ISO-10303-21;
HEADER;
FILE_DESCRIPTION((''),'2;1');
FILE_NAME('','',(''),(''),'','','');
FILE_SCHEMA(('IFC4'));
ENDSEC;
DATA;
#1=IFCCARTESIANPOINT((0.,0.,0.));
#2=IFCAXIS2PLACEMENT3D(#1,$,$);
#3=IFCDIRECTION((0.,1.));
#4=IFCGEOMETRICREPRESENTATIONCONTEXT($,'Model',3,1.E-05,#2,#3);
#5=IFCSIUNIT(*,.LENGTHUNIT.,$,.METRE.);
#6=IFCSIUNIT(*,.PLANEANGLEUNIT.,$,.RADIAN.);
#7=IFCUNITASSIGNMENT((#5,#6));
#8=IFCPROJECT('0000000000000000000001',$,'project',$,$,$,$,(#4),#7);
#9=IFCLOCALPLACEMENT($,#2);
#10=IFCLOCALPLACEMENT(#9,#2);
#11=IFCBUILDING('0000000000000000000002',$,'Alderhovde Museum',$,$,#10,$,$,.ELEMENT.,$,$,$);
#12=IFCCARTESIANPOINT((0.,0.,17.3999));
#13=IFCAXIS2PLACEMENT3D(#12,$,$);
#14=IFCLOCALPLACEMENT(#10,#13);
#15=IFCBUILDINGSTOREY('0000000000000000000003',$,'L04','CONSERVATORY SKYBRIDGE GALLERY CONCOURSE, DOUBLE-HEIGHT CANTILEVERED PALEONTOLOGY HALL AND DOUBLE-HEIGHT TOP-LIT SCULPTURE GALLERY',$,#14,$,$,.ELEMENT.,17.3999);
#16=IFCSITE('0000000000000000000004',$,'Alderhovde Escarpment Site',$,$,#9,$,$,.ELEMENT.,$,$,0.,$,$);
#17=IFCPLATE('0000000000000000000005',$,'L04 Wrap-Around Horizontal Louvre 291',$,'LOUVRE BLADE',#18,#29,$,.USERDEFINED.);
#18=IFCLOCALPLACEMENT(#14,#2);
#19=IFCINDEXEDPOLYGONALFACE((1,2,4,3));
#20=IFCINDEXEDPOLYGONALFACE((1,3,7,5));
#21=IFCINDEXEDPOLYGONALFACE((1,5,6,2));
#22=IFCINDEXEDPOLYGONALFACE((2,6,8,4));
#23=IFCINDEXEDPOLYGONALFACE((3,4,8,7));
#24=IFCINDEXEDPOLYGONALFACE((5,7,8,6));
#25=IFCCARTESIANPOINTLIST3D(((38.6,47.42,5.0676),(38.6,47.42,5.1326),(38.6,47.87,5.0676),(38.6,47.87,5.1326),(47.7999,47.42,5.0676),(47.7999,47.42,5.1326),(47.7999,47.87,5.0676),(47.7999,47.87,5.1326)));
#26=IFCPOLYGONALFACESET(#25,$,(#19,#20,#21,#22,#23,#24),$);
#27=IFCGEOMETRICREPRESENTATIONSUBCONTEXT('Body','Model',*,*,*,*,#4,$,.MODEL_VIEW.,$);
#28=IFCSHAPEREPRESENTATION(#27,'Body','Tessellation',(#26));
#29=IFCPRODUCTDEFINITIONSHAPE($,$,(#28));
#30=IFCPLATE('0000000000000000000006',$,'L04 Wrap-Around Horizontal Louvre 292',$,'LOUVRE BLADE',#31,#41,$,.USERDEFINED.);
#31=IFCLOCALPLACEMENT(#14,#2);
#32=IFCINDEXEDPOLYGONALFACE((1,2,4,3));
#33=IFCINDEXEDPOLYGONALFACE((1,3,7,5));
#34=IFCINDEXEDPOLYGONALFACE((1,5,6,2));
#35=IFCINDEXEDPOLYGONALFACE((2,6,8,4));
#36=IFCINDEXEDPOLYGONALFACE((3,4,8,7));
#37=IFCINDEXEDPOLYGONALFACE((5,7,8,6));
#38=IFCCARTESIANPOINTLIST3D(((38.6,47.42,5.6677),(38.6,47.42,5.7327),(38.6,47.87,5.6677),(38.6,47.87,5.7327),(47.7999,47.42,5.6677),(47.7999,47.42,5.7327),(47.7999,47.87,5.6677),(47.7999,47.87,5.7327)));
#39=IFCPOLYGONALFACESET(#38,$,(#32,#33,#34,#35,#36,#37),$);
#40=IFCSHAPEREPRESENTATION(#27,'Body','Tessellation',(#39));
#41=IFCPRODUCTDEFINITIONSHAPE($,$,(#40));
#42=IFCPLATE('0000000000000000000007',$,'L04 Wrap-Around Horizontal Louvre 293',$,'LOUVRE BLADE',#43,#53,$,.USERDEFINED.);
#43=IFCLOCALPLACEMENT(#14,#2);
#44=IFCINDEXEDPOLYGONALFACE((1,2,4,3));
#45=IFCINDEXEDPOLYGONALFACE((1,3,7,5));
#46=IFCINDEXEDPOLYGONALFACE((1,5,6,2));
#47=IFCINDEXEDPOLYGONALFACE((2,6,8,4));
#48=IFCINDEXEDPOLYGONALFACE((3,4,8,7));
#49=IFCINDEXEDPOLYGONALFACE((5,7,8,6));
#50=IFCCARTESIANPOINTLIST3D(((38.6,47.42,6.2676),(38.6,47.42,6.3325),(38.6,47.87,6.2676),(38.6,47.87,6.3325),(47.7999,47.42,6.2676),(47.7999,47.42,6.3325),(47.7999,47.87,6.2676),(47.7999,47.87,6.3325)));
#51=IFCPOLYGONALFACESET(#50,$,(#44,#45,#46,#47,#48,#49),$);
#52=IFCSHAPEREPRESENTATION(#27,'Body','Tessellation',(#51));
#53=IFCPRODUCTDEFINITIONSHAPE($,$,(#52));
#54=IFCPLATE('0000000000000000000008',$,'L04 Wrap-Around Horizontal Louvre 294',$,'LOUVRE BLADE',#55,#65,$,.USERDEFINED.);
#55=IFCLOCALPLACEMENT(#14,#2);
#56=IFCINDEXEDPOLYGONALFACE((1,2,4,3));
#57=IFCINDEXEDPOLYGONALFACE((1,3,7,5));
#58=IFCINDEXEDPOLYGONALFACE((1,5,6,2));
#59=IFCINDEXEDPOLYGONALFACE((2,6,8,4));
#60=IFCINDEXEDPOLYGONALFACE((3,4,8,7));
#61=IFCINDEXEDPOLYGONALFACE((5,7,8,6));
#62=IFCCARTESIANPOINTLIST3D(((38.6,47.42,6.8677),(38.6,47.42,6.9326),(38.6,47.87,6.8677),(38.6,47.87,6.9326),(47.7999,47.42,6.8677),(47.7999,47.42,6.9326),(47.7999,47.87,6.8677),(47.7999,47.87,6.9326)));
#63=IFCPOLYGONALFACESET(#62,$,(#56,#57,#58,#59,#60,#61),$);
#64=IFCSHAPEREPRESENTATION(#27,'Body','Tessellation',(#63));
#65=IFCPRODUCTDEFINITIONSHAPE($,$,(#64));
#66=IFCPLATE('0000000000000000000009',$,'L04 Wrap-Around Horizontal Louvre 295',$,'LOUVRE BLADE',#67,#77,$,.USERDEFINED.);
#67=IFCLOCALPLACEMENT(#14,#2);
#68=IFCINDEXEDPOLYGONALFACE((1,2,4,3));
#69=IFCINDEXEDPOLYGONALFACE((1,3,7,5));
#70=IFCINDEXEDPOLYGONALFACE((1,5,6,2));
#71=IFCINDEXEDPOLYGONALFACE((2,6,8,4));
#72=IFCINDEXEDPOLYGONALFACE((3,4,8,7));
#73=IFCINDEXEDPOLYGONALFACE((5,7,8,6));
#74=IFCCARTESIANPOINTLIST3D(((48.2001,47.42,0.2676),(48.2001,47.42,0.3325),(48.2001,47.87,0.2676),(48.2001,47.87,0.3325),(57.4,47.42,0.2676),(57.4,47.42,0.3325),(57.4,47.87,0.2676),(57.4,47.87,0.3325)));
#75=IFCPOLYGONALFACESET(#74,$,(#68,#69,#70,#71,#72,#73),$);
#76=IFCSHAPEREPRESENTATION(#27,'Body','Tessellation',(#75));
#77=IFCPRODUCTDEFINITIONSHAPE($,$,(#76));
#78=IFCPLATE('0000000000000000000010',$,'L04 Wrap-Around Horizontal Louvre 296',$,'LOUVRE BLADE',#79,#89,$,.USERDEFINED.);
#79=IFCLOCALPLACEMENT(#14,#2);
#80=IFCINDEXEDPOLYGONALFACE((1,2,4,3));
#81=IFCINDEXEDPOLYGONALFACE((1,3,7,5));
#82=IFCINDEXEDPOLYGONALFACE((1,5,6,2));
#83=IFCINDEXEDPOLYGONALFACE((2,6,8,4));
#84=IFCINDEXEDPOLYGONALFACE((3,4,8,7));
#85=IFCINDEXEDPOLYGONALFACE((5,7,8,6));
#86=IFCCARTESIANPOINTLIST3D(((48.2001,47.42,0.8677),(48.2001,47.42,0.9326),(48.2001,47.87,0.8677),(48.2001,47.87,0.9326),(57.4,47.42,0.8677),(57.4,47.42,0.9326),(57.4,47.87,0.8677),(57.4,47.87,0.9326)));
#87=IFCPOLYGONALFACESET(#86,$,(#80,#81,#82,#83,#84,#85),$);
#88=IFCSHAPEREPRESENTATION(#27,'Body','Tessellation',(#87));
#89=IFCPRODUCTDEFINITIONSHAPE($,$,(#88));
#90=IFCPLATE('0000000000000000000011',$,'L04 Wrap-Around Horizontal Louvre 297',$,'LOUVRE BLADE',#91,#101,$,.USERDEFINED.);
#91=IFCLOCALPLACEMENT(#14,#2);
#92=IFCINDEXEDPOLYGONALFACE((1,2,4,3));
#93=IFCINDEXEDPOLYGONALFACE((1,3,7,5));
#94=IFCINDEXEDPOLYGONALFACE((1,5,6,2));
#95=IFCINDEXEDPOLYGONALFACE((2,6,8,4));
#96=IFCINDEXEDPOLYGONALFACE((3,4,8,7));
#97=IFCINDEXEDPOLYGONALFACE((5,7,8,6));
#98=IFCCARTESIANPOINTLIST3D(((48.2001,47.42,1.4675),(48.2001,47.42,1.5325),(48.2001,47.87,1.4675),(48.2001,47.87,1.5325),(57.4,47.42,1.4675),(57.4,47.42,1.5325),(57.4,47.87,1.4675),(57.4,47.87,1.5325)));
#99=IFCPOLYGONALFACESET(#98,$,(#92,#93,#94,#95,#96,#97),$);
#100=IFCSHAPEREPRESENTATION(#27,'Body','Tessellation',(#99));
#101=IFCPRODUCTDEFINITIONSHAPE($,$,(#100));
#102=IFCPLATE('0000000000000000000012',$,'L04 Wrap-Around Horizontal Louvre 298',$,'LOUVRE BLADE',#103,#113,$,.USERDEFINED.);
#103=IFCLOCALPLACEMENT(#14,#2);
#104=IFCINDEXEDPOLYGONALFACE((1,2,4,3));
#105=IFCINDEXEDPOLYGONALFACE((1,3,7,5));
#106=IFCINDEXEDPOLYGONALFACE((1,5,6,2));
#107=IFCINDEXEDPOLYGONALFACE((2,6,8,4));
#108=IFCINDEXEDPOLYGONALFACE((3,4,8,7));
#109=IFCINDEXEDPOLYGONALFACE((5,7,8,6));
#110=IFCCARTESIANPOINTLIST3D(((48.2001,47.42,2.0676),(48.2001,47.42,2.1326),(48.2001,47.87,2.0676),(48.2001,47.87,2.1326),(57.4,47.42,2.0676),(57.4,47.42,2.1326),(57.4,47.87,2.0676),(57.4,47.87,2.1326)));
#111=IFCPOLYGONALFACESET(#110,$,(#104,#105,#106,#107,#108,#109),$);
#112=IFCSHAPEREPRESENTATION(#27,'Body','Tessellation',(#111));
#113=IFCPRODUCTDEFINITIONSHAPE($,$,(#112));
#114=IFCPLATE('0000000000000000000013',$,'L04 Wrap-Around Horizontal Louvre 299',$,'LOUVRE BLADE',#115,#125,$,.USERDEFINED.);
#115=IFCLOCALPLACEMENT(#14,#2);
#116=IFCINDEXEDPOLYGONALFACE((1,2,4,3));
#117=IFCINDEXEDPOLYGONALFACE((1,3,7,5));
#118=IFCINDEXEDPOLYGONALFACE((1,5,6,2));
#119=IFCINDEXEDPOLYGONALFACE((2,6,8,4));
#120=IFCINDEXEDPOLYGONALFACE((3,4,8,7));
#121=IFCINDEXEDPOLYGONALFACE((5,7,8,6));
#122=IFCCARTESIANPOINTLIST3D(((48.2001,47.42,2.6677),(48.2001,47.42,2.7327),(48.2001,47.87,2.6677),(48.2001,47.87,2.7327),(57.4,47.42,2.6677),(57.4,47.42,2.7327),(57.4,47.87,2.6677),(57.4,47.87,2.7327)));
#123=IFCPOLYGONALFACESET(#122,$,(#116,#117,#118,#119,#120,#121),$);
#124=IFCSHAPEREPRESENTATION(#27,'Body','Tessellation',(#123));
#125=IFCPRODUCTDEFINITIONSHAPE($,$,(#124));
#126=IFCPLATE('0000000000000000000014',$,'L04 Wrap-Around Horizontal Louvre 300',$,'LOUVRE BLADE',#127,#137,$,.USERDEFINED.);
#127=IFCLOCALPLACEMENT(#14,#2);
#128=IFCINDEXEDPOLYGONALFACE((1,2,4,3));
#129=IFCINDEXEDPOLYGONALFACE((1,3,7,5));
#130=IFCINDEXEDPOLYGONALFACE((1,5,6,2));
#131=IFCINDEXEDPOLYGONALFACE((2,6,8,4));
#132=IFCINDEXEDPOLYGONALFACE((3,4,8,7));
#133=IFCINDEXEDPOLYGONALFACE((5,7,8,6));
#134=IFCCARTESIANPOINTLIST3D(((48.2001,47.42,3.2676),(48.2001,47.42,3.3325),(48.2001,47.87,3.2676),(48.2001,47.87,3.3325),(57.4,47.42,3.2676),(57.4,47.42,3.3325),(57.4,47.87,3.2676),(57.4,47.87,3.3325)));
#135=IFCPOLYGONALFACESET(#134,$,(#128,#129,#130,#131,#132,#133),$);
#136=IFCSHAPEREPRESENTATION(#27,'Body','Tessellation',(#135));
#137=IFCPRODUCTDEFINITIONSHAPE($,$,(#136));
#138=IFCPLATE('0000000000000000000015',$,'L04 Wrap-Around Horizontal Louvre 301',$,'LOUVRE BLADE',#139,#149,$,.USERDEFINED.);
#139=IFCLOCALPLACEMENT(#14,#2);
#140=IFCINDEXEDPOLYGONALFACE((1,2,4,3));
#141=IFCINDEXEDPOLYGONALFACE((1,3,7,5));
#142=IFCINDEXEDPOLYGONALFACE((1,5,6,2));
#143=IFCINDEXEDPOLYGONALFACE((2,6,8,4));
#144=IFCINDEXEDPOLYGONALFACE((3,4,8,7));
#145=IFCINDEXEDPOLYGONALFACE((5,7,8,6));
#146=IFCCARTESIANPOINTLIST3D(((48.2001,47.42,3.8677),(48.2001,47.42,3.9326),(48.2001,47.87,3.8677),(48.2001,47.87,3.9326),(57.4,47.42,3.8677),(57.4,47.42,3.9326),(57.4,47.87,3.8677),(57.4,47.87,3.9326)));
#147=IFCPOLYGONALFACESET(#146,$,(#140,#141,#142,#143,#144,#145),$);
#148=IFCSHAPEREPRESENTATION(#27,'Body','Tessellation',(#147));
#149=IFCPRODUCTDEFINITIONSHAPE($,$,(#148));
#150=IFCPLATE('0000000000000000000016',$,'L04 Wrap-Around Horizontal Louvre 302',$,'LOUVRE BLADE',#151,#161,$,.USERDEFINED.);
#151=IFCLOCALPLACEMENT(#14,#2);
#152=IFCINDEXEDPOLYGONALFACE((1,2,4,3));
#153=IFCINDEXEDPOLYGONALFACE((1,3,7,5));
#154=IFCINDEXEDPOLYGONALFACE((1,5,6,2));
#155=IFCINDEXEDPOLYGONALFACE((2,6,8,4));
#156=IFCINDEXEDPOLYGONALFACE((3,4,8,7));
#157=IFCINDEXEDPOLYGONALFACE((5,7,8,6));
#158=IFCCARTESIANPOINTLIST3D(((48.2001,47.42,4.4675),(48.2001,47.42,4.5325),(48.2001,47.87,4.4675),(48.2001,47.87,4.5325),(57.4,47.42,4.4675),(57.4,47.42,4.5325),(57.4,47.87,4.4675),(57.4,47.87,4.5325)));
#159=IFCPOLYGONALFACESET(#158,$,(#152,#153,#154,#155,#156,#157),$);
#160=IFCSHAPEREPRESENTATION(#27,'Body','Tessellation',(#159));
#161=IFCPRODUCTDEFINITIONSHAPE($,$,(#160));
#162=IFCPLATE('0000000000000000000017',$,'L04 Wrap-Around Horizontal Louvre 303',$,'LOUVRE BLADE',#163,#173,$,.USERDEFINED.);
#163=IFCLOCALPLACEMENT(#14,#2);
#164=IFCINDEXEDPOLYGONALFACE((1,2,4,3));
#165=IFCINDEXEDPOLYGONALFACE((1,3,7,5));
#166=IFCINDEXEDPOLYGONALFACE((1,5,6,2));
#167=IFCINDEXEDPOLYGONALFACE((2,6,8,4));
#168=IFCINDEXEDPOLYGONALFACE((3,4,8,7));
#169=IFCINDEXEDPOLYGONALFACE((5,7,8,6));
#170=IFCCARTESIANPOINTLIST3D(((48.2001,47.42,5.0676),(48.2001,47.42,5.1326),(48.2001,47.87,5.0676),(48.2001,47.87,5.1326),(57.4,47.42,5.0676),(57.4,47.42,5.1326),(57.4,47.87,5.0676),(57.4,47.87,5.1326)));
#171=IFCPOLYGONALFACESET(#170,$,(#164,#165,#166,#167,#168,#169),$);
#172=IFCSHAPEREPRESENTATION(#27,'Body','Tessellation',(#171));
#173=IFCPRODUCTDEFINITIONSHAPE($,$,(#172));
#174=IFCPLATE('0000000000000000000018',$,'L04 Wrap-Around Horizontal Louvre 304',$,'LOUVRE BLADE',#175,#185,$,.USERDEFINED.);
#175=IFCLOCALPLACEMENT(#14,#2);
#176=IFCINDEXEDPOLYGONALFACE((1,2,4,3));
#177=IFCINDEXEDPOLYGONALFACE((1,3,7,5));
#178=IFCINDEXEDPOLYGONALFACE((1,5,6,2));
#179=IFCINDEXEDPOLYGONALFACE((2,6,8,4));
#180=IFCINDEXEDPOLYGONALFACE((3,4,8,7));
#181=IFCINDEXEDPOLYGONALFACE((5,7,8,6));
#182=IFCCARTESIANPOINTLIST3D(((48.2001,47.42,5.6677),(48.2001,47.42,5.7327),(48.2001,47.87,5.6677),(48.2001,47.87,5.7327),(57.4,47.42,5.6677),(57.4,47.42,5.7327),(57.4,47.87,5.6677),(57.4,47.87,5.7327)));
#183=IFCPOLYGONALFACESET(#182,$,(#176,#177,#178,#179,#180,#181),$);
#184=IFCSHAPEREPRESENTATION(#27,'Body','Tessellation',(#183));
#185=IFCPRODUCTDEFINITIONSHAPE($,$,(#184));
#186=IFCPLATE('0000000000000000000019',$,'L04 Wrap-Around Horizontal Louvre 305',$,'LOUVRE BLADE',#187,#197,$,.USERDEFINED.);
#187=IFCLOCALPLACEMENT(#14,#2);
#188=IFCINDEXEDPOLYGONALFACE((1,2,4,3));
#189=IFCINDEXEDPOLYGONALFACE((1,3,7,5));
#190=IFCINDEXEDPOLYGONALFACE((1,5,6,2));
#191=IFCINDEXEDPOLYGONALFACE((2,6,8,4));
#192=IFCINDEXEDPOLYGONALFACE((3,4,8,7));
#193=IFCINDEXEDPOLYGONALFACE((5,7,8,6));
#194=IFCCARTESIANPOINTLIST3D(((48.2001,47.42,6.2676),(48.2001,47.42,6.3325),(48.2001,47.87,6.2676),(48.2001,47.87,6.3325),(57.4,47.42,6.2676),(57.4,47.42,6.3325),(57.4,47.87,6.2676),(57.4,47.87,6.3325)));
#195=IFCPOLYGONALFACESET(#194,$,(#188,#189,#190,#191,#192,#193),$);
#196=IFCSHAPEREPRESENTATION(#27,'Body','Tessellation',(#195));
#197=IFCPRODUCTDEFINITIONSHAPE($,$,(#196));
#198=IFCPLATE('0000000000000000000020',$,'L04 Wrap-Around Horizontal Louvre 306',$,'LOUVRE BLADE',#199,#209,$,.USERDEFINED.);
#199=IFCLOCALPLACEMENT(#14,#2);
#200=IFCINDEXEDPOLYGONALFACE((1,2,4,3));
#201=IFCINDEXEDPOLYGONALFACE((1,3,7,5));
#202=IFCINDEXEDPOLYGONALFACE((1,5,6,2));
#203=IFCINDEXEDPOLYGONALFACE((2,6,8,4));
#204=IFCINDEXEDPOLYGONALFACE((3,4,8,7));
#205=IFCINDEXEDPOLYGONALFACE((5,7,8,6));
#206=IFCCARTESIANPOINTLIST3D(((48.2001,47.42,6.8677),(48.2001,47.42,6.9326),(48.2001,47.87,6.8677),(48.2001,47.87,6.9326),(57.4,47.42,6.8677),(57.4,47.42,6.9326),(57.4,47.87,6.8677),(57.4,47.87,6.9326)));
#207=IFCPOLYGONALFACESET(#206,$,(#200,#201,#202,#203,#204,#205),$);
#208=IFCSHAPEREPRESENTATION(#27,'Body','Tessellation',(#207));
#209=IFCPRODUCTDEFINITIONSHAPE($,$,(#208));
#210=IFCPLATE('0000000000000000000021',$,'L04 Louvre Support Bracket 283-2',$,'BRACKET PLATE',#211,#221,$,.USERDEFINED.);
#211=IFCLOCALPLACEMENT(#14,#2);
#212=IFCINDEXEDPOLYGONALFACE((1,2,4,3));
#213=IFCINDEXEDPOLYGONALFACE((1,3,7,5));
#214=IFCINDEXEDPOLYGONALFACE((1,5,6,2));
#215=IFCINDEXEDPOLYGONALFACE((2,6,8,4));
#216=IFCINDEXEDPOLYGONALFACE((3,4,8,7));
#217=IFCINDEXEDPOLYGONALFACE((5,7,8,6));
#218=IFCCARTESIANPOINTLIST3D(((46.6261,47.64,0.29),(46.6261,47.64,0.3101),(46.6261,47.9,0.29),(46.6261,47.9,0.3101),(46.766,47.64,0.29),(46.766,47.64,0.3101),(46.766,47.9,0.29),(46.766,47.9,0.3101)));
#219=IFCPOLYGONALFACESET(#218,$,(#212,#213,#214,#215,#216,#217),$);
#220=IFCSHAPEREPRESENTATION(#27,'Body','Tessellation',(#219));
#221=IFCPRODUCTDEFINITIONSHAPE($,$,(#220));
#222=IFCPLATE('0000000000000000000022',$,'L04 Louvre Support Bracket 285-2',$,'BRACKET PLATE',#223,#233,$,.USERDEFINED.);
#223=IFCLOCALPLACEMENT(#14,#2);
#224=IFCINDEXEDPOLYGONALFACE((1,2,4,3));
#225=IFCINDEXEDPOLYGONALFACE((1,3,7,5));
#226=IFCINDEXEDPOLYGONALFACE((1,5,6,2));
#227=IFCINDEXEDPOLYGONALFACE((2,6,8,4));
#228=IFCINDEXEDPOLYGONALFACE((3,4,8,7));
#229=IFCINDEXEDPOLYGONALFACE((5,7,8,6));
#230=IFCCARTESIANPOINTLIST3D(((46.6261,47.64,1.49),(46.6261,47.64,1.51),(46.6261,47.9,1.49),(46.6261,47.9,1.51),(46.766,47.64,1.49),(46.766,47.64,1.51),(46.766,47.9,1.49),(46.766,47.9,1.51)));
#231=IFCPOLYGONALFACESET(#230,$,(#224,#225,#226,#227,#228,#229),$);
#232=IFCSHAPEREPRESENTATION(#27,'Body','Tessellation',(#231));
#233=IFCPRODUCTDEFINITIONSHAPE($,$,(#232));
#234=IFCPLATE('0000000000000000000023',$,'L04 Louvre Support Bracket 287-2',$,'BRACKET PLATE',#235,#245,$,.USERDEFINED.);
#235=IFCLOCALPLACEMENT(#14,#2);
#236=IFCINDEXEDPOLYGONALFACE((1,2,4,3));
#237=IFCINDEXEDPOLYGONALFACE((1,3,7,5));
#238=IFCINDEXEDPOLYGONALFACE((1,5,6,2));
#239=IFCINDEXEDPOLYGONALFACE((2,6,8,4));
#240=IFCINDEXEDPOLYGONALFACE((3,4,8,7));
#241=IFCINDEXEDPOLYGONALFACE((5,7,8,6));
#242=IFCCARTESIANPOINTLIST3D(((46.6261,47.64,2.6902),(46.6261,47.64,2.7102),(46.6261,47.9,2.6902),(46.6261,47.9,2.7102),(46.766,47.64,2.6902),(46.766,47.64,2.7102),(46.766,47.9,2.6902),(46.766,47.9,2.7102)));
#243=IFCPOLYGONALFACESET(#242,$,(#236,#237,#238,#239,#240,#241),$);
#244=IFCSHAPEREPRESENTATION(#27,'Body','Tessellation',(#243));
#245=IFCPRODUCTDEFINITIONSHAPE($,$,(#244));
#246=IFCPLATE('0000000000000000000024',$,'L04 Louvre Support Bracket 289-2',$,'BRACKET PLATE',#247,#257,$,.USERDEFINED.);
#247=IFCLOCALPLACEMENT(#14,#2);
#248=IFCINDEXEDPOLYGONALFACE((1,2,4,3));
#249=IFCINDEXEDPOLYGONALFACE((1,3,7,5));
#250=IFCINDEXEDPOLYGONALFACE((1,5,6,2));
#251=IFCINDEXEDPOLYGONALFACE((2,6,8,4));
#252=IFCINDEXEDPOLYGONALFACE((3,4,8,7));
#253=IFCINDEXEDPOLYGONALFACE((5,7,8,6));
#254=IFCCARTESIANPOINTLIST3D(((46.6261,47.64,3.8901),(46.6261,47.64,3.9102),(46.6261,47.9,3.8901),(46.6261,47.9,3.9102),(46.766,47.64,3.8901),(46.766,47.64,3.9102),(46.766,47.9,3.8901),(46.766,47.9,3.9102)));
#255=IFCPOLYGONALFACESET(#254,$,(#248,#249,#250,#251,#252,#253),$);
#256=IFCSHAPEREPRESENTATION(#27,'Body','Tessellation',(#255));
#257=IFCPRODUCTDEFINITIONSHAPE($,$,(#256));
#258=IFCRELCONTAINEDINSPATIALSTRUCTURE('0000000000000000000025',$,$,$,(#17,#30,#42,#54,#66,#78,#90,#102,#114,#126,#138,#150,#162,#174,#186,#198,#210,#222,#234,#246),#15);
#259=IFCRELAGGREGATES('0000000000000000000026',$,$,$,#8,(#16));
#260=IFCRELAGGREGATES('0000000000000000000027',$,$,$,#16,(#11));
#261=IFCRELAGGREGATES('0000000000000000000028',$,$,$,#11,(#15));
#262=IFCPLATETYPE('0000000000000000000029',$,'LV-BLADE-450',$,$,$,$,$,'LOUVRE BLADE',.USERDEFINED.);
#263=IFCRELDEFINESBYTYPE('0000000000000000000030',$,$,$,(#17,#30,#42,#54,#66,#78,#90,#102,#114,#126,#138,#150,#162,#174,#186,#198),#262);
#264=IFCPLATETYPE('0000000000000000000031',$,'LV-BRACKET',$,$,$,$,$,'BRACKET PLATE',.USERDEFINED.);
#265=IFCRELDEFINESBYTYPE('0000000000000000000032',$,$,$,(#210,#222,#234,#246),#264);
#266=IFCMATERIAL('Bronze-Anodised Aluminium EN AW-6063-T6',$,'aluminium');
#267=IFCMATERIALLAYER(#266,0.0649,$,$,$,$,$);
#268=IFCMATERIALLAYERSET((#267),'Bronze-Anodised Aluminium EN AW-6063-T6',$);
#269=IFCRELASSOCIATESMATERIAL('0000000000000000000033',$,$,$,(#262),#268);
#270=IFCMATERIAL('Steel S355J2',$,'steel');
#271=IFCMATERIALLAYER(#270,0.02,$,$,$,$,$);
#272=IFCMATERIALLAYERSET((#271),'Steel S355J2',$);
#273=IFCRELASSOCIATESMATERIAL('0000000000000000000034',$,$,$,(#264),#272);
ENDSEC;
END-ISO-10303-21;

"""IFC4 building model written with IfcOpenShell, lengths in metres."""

from ifc_helpers import new_model, si_unit, direction, frame, origin, origin_2d, place, context, subcontext, project, spatial, rectangle, extrude, material, layer, layer_set, type_object, element, save


model = new_model("IFC4")

# Units and contexts
model_context = context("Model", 3, precision=1e-05, world=origin(), true_north=direction((0.0, 1.0)))
body_context = subcontext(model_context, "Body", "Model", "MODEL_VIEW")
ifc_project = project(units=[si_unit("LENGTHUNIT", "METRE"), si_unit("PLANEANGLEUNIT", "RADIAN")], contexts=[model_context])

# Site, building, storey
site_placement = place(None, origin())
site = spatial("IfcSite", under=ifc_project, at=site_placement, Name="Alderhovde Escarpment Site", CompositionType="ELEMENT", RefElevation=0.0)
building_placement = place(site_placement, origin())
building = spatial("IfcBuilding", under=site, at=building_placement, Name="Alderhovde Museum", CompositionType="ELEMENT")
storey_placement = place(building_placement, frame((0.0, 0.0, 17.3999)))
storey = spatial("IfcBuildingStorey", under=building, at=storey_placement, Name="L04", Description="CONSERVATORY SKYBRIDGE GALLERY CONCOURSE, DOUBLE-HEIGHT CANTILEVERED PALEONTOLOGY HALL AND DOUBLE-HEIGHT TOP-LIT SCULPTURE GALLERY", CompositionType="ELEMENT", Elevation=17.3999)

# Plates
ifc_material_1 = material(Name="Bronze-Anodised Aluminium EN AW-6063-T6", Category="aluminium")
ifc_layer_1 = layer(ifc_material_1, 0.0649)
ifc_layer_set_1 = layer_set([ifc_layer_1], Name="Bronze-Anodised Aluminium EN AW-6063-T6")
plate_type_1 = type_object("IfcPlateType", Name="LV-BLADE-450", ElementType="LOUVRE BLADE", PredefinedType="USERDEFINED", material=ifc_layer_set_1)
for number, where, z_axis, x_axis, name in (
    (1, (43.2, 47.645, 5.0676), (0.0, 0.0, 1.0), (1.0, 0.0, 0.0), "L04 Wrap-Around Horizontal Louvre 291"),
    (2, (43.2, 47.645, 5.6677), (0.0, 0.0, 1.0), (1.0, 0.0, 0.0), "L04 Wrap-Around Horizontal Louvre 292"),
    (3, (43.2, 47.645, 6.2676), (0.0, 0.0, 1.0), (1.0, 0.0, 0.0), "L04 Wrap-Around Horizontal Louvre 293"),
    (4, (43.2, 47.645, 6.8677), (0.0, 0.0, 1.0), (1.0, 0.0, 0.0), "L04 Wrap-Around Horizontal Louvre 294"),
    (5, (52.8, 47.645, 0.2676), (0.0, 0.0, 1.0), (1.0, 0.0, 0.0), "L04 Wrap-Around Horizontal Louvre 295"),
    (6, (52.8, 47.645, 0.8677), (0.0, 0.0, 1.0), (1.0, 0.0, 0.0), "L04 Wrap-Around Horizontal Louvre 296"),
    (7, (52.8, 47.645, 1.4675), (0.0, 0.0, 1.0), (1.0, 0.0, 0.0), "L04 Wrap-Around Horizontal Louvre 297"),
    (8, (52.8, 47.645, 2.0676), (0.0, 0.0, 1.0), (1.0, 0.0, 0.0), "L04 Wrap-Around Horizontal Louvre 298"),
    (9, (52.8, 47.645, 2.6677), (0.0, 0.0, 1.0), (1.0, 0.0, 0.0), "L04 Wrap-Around Horizontal Louvre 299"),
    (10, (52.8, 47.645, 3.2676), (0.0, 0.0, 1.0), (1.0, 0.0, 0.0), "L04 Wrap-Around Horizontal Louvre 300"),
    (11, (52.8, 47.645, 3.8677), (0.0, 0.0, 1.0), (1.0, 0.0, 0.0), "L04 Wrap-Around Horizontal Louvre 301"),
    (12, (52.8, 47.645, 4.4675), (0.0, 0.0, 1.0), (1.0, 0.0, 0.0), "L04 Wrap-Around Horizontal Louvre 302"),
    (13, (52.8, 47.645, 5.0676), (0.0, 0.0, 1.0), (1.0, 0.0, 0.0), "L04 Wrap-Around Horizontal Louvre 303"),
    (14, (52.8, 47.645, 5.6677), (0.0, 0.0, 1.0), (1.0, 0.0, 0.0), "L04 Wrap-Around Horizontal Louvre 304"),
    (15, (52.8, 47.645, 6.2676), (0.0, 0.0, 1.0), (1.0, 0.0, 0.0), "L04 Wrap-Around Horizontal Louvre 305"),
    (16, (52.8, 47.645, 6.8677), (0.0, 0.0, 1.0), (1.0, 0.0, 0.0), "L04 Wrap-Around Horizontal Louvre 306"),
):
    element("IfcPlate", number, at=place(storey_placement, frame(where, z_axis=z_axis, x_axis=x_axis)), inside=storey, type_object=plate_type_1, Name=name, ObjectType="LOUVRE BLADE", PredefinedType="USERDEFINED", context=body_context, shape_type="SweptSolid", body=[
        extrude(rectangle(XDim=9.2, YDim=0.45, at=origin_2d()), origin(), (0.0, 0.0, 1.0), 0.0649),
    ])
ifc_material_2 = material(Name="Steel S355J2", Category="steel")
ifc_layer_2 = layer(ifc_material_2, 0.02)
ifc_layer_set_2 = layer_set([ifc_layer_2], Name="Steel S355J2")
plate_type_2 = type_object("IfcPlateType", Name="LV-BRACKET", ElementType="BRACKET PLATE", PredefinedType="USERDEFINED", material=ifc_layer_set_2)
for number, where, z_axis, x_axis, name in (
    (17, (46.696, 47.77, 0.29), (0.0, 0.0, 1.0), (1.0, 0.0, 0.0), "L04 Louvre Support Bracket 283-2"),
    (18, (46.696, 47.77, 1.49), (0.0, 0.0, 1.0), (1.0, 0.0, 0.0), "L04 Louvre Support Bracket 285-2"),
    (19, (46.696, 47.77, 2.6902), (0.0, 0.0, 1.0), (1.0, 0.0, 0.0), "L04 Louvre Support Bracket 287-2"),
    (20, (46.696, 47.77, 3.8901), (0.0, 0.0, 1.0), (1.0, 0.0, 0.0), "L04 Louvre Support Bracket 289-2"),
):
    element("IfcPlate", number, at=place(storey_placement, frame(where, z_axis=z_axis, x_axis=x_axis)), inside=storey, type_object=plate_type_2, Name=name, ObjectType="BRACKET PLATE", PredefinedType="USERDEFINED", context=body_context, shape_type="SweptSolid", body=[
        extrude(rectangle(XDim=0.1399, YDim=0.26, at=origin_2d()), origin(), (0.0, 0.0, 1.0), 0.02),
    ])

save(model, "model.ifc")
